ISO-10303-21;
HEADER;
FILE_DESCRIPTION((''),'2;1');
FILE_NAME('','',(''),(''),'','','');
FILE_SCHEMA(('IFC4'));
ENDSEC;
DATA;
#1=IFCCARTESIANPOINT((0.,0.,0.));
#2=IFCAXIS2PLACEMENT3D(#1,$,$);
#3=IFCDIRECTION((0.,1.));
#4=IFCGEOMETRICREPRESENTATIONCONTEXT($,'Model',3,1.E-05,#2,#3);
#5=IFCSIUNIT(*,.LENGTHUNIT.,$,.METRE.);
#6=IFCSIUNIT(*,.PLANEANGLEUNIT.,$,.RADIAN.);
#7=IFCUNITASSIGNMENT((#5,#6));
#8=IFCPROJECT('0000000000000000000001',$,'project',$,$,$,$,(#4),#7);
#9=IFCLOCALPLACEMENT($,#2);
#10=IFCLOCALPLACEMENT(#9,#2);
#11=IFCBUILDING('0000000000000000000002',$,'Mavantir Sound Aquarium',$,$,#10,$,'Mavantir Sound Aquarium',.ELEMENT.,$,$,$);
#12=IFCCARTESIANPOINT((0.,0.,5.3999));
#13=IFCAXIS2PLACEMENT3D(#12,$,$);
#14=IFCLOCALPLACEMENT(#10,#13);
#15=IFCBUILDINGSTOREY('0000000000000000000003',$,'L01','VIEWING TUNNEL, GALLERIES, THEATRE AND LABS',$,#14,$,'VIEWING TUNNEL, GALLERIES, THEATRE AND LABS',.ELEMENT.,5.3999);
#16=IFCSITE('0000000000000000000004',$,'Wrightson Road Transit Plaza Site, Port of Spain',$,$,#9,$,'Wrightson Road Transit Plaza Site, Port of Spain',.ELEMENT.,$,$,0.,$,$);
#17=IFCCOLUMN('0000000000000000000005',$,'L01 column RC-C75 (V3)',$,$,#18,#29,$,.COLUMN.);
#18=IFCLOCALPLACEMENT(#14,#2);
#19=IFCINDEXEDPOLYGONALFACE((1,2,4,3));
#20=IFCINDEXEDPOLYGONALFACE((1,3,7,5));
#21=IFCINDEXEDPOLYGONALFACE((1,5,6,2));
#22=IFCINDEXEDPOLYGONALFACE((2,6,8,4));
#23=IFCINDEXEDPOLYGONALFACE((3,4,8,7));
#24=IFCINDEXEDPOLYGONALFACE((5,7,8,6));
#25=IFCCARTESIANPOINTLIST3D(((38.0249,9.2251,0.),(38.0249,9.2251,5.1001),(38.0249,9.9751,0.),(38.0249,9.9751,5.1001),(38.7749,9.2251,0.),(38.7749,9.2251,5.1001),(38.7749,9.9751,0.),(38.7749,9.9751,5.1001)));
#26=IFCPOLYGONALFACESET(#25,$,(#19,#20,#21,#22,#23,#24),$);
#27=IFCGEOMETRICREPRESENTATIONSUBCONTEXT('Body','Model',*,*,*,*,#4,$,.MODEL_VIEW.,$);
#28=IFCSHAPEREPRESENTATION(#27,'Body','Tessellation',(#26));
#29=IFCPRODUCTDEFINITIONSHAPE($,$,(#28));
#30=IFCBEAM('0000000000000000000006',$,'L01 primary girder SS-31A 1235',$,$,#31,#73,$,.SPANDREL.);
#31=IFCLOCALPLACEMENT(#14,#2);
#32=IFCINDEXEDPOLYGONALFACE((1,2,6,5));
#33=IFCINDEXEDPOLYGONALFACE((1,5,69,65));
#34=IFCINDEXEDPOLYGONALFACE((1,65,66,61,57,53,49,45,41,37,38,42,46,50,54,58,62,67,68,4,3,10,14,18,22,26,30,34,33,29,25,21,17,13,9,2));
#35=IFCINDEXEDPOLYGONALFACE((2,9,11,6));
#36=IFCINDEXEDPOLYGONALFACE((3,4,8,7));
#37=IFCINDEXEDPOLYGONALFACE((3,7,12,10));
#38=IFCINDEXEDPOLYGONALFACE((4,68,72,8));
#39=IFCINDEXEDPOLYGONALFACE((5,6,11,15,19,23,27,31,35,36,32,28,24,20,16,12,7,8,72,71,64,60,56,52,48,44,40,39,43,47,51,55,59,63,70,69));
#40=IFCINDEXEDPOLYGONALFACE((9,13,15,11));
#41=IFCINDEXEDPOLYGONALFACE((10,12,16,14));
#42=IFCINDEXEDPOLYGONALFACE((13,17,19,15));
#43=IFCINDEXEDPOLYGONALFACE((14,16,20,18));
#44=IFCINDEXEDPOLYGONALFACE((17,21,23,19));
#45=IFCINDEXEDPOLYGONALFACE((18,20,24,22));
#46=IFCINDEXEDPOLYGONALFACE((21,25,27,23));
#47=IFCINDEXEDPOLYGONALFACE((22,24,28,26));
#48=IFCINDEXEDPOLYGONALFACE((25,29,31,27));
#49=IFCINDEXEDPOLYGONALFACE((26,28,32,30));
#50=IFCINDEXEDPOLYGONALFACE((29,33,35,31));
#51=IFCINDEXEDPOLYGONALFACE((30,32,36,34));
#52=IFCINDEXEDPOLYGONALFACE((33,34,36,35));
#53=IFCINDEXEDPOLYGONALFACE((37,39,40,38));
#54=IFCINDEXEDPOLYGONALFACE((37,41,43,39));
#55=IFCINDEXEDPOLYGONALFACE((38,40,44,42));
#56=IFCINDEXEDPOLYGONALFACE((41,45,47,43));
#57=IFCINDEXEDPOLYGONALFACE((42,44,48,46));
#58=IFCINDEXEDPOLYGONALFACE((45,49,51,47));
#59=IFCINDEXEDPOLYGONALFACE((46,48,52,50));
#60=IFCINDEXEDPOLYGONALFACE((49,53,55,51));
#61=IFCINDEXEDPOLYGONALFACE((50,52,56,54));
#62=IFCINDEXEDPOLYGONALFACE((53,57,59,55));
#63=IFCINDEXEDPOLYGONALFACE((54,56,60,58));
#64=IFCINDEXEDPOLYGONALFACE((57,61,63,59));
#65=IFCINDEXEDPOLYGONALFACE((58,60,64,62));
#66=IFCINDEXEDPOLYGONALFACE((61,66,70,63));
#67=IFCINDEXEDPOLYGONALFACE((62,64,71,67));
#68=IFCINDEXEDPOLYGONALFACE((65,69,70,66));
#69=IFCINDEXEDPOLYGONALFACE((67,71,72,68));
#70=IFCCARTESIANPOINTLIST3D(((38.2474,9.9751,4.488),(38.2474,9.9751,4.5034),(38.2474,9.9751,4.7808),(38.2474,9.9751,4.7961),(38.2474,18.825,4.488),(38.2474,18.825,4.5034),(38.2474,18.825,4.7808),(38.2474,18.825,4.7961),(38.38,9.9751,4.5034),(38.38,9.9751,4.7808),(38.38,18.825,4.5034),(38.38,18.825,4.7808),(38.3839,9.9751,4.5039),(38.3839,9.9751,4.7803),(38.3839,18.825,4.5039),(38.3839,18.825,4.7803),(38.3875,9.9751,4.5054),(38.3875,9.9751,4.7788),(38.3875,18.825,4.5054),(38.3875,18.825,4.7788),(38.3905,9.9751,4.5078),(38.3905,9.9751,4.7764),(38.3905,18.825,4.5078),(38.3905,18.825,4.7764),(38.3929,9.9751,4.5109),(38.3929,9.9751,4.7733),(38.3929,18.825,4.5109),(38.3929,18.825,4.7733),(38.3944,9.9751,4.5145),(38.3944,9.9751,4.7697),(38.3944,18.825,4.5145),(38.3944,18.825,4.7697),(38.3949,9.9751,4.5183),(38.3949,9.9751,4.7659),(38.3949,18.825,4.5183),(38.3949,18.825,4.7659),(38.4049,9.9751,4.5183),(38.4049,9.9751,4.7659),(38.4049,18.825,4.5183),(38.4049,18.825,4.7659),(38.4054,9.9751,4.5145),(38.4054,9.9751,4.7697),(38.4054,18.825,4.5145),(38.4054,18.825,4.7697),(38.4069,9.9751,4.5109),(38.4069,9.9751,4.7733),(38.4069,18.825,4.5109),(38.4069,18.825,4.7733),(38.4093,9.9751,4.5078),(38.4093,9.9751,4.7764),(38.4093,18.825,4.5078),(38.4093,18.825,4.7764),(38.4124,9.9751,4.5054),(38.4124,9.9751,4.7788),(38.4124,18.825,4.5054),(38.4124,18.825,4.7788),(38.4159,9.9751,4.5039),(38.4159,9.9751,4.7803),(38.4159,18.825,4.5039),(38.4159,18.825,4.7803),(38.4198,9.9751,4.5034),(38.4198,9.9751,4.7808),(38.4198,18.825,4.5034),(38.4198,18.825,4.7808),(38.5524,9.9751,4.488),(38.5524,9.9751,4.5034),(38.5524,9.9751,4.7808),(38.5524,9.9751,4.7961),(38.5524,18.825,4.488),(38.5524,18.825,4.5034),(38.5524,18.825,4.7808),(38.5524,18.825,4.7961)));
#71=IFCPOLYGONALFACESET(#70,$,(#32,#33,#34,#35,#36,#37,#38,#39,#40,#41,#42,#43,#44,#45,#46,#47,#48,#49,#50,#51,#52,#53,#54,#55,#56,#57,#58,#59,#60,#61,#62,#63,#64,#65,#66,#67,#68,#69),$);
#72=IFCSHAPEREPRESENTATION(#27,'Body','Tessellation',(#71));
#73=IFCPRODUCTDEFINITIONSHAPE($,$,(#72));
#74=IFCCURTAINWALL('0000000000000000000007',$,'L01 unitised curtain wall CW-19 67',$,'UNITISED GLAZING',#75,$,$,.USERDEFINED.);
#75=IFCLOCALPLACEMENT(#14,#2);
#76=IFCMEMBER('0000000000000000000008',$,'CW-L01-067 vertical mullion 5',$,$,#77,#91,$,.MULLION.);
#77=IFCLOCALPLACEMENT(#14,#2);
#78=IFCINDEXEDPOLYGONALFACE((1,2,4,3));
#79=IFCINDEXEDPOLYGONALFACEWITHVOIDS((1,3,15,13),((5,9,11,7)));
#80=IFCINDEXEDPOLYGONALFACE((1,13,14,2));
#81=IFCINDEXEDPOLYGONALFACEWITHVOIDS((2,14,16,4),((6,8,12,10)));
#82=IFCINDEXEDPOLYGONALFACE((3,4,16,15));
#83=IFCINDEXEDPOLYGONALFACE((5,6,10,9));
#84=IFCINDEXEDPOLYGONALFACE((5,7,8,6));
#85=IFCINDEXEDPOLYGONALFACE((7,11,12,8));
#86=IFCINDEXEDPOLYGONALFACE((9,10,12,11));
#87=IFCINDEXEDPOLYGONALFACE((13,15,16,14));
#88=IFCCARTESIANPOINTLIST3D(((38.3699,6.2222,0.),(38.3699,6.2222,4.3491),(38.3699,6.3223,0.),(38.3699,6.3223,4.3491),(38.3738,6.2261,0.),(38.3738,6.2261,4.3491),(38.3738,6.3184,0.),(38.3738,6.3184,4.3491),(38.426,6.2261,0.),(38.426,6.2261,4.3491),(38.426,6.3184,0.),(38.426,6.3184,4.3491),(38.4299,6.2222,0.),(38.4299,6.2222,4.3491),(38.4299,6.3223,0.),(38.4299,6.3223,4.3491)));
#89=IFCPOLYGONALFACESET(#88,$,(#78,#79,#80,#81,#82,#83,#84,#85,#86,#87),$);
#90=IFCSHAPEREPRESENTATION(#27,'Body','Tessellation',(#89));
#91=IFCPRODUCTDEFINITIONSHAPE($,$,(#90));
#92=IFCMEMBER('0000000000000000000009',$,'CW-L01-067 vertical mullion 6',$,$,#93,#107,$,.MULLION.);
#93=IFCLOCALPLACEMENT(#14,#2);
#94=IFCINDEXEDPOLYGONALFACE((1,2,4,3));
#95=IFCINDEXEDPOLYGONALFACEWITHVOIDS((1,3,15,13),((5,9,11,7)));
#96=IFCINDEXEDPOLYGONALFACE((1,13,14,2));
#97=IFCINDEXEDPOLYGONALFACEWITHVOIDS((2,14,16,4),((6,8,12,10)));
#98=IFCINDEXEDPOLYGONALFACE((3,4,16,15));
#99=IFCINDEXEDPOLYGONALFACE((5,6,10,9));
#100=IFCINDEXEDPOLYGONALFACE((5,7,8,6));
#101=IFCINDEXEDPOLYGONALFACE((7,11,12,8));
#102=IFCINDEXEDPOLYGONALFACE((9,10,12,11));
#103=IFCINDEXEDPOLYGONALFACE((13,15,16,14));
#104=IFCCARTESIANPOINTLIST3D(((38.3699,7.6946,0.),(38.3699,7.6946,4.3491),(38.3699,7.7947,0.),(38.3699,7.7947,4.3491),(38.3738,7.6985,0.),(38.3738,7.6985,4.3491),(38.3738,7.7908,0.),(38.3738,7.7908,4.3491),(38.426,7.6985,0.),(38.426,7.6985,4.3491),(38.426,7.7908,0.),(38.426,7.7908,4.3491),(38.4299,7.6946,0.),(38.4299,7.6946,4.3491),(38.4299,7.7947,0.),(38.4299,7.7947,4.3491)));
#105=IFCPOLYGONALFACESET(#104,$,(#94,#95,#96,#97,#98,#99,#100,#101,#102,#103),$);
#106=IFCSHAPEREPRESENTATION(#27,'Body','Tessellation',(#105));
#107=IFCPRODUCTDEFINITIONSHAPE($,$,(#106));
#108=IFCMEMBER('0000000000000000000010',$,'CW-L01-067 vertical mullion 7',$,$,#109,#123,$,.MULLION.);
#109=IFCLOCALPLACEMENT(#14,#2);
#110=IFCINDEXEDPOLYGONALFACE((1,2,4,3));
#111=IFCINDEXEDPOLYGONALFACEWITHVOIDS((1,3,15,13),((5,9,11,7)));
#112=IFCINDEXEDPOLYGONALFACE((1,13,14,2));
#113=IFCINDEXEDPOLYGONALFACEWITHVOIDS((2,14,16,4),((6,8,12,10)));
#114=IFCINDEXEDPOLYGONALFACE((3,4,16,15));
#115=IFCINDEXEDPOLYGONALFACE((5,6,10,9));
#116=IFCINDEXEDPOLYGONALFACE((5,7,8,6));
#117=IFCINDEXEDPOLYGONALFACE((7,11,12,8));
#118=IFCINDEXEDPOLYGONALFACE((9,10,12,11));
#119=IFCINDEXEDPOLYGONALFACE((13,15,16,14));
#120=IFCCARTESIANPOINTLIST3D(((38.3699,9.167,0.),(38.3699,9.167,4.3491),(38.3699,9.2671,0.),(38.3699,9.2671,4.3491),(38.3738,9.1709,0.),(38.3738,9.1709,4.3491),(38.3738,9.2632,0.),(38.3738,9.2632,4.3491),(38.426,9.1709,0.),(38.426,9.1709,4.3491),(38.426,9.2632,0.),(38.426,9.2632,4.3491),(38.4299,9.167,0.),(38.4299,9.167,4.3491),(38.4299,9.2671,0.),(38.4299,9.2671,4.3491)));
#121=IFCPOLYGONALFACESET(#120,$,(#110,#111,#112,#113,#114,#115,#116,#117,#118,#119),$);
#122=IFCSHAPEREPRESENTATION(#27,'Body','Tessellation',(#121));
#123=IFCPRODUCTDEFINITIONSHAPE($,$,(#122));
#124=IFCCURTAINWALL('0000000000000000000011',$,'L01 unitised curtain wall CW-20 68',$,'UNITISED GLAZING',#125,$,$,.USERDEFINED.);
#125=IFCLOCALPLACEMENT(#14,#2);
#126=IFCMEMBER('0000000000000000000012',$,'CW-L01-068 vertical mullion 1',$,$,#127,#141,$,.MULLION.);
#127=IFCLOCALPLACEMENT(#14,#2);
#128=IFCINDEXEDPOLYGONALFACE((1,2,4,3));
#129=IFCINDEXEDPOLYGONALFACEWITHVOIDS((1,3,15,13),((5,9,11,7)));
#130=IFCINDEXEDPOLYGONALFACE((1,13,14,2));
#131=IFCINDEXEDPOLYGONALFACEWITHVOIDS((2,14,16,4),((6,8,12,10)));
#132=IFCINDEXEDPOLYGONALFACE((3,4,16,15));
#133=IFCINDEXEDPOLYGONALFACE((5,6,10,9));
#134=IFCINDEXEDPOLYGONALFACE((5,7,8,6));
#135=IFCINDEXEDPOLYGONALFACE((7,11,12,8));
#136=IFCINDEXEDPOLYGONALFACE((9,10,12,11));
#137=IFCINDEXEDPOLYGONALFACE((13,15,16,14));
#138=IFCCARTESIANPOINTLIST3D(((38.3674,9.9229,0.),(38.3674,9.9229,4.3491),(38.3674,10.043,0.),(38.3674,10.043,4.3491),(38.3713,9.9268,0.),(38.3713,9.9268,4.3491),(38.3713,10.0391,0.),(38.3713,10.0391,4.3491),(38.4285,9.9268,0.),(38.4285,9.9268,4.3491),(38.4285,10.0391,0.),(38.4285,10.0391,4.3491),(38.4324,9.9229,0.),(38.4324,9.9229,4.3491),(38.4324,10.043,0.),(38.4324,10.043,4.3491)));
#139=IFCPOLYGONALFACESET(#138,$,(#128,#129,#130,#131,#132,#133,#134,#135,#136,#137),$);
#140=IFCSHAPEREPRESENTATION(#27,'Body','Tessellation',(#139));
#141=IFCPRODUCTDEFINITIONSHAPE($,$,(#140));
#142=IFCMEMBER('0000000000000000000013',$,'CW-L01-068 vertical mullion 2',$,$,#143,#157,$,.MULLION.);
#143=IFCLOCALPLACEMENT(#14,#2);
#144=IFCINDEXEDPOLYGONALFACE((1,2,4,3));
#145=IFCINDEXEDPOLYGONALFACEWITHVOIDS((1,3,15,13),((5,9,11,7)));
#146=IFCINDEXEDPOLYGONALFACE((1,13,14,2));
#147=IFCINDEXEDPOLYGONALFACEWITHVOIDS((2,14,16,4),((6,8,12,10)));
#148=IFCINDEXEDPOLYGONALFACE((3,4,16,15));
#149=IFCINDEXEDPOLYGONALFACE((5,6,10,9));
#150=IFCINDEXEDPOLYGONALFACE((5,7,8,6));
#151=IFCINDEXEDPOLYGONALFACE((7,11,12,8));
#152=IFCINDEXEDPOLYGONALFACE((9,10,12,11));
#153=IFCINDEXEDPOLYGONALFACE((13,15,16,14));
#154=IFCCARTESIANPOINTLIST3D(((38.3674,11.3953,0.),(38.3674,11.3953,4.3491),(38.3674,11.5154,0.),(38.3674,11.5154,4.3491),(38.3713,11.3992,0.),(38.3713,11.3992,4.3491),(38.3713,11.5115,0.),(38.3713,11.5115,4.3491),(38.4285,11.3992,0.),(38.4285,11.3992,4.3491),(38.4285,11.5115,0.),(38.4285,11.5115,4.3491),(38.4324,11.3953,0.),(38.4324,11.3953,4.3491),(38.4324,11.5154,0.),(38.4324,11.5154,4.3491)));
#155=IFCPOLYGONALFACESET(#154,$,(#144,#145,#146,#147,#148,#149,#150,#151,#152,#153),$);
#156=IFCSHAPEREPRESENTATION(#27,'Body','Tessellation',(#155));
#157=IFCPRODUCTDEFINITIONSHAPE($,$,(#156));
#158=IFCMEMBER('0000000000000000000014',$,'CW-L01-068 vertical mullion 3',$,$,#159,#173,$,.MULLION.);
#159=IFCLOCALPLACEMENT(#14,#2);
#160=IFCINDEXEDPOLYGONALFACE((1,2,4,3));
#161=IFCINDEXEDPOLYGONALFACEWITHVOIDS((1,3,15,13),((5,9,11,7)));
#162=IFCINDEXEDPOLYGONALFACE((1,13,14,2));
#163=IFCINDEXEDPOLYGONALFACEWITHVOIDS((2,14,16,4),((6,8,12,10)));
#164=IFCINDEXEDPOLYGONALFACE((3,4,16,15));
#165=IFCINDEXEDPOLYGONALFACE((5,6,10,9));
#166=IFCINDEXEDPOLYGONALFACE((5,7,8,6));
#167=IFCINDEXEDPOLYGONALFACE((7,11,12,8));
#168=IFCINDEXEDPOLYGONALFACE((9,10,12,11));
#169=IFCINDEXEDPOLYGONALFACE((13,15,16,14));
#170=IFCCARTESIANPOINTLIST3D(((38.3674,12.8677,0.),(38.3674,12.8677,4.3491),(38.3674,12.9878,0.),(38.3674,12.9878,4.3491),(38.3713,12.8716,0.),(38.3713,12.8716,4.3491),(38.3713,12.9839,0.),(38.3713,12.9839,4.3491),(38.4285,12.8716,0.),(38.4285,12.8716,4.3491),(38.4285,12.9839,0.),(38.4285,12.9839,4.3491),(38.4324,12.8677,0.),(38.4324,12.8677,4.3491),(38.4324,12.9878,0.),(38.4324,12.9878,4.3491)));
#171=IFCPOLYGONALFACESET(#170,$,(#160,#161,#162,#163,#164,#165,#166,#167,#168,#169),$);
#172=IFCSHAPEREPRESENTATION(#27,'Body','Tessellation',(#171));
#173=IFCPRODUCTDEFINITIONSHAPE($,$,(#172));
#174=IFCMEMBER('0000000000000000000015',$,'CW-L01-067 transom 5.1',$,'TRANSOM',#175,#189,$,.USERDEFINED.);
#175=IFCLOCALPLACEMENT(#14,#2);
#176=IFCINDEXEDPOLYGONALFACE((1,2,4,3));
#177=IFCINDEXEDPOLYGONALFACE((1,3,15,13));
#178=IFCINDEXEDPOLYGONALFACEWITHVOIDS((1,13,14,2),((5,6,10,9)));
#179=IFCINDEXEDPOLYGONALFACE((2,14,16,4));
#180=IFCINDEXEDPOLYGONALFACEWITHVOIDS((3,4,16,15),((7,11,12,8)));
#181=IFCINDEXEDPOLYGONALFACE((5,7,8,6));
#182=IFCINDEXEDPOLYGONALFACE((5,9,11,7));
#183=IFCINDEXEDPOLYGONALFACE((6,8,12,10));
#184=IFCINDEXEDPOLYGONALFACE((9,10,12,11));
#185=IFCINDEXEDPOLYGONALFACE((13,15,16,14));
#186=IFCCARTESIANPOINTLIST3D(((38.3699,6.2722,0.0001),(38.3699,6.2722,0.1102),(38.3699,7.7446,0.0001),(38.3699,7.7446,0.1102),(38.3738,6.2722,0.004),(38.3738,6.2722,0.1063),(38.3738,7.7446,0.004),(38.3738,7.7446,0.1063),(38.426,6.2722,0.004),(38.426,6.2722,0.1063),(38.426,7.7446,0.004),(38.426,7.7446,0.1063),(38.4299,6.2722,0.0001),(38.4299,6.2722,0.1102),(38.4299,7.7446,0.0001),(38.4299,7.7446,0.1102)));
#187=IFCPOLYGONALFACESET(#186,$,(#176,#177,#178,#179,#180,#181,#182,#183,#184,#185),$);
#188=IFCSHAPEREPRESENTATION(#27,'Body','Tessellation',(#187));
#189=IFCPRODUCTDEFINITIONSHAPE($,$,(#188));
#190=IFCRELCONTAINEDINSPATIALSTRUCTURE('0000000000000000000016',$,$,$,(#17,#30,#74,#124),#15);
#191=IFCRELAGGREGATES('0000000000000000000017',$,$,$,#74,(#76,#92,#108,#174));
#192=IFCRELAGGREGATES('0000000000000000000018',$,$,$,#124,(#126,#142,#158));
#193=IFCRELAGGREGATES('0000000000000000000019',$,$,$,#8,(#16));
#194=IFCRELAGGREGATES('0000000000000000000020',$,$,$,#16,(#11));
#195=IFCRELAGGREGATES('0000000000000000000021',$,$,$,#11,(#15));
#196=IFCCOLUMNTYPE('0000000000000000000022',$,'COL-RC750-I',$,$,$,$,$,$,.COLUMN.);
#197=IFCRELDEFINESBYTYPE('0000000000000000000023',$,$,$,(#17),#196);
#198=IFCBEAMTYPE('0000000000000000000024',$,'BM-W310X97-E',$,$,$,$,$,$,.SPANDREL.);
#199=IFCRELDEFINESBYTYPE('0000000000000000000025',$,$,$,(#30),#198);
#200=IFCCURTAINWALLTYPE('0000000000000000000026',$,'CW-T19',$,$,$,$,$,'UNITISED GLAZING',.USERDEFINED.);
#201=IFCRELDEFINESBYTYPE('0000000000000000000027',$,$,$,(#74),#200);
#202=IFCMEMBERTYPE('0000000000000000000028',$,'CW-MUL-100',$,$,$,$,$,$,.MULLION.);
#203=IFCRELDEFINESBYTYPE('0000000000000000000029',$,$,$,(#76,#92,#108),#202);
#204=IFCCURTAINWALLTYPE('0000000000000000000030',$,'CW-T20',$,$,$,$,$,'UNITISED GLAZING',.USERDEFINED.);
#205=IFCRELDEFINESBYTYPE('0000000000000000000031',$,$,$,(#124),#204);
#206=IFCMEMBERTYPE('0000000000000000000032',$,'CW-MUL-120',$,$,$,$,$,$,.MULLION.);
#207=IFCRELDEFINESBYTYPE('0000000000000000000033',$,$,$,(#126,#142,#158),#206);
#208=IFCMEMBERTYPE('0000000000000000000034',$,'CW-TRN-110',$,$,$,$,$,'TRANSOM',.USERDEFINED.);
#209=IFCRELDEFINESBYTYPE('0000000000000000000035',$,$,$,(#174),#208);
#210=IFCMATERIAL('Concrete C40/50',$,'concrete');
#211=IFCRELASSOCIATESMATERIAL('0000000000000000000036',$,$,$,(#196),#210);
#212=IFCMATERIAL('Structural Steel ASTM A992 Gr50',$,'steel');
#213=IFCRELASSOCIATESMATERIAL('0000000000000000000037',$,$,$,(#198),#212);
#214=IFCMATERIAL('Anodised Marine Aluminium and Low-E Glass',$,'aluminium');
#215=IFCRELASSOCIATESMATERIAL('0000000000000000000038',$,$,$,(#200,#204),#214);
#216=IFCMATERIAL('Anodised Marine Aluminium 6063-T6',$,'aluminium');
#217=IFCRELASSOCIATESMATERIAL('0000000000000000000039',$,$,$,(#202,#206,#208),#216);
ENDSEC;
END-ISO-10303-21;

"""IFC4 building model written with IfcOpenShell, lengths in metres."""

from ifc_helpers import new_model, si_unit, direction, frame, origin, origin_2d, place, context, subcontext, project, spatial, rectangle, hollow_rectangle, i_section, extrude, material, material_profile, profile_set, type_object, element, aggregate, save


model = new_model("IFC4")

# Units and contexts
model_context = context("Model", 3, precision=1e-05, world=origin(), true_north=direction((0.0, 1.0)))
body_context = subcontext(model_context, "Body", "Model", "MODEL_VIEW")
ifc_project = project(units=[si_unit("LENGTHUNIT", "METRE"), si_unit("PLANEANGLEUNIT", "RADIAN")], contexts=[model_context])

# Site, building, storey
site_placement = place(None, origin())
site = spatial("IfcSite", under=ifc_project, at=site_placement, Name="Wrightson Road Transit Plaza Site, Port of Spain", LongName="Wrightson Road Transit Plaza Site, Port of Spain", CompositionType="ELEMENT", RefElevation=0.0)
building_placement = place(site_placement, origin())
building = spatial("IfcBuilding", under=site, at=building_placement, Name="Mavantir Sound Aquarium", LongName="Mavantir Sound Aquarium", CompositionType="ELEMENT")
storey_placement = place(building_placement, frame((0.0, 0.0, 5.3999)))
storey = spatial("IfcBuildingStorey", under=building, at=storey_placement, Name="L01", Description="VIEWING TUNNEL, GALLERIES, THEATRE AND LABS", LongName="VIEWING TUNNEL, GALLERIES, THEATRE AND LABS", CompositionType="ELEMENT", Elevation=5.3999)

# Column
ifc_material_1 = material(Name="Concrete C40/50", Category="concrete")
ifc_material_profile_1 = material_profile(ifc_material_1, rectangle(XDim=0.75, YDim=0.75, at=origin_2d()), Name="RC 750X750")
ifc_profile_set_1 = profile_set([ifc_material_profile_1], Name="Concrete C40/50")
column_type = type_object("IfcColumnType", Name="COL-RC750-I", PredefinedType="COLUMN", material=ifc_profile_set_1)
column_placement = place(storey_placement, frame((38.3999, 9.6001, 0.0), z_axis=(0.0, 0.0, 1.0), x_axis=(1.0, 0.0, 0.0)))
element("IfcColumn", 1, at=column_placement, inside=storey, type_object=column_type, Name="L01 column RC-C75 (V3)", PredefinedType="COLUMN", context=body_context, shape_type="SweptSolid", body=[
    extrude(rectangle(XDim=0.75, YDim=0.75, at=origin_2d()), origin(), (0.0, 0.0, 1.0), 5.1001),
])

# Beam
ifc_material_2 = material(Name="Structural Steel ASTM A992 Gr50", Category="steel")
ifc_material_profile_2 = material_profile(ifc_material_2, i_section(OverallWidth=0.3049, OverallDepth=0.3081, WebThickness=0.01, FlangeThickness=0.0154, FilletRadius=0.0149, at=origin_2d()), Name="W310X97")
ifc_profile_set_2 = profile_set([ifc_material_profile_2], Name="Structural Steel ASTM A992 Gr50")
beam_type = type_object("IfcBeamType", Name="BM-W310X97-E", PredefinedType="SPANDREL", material=ifc_profile_set_2)
beam_placement = place(storey_placement, frame((38.3999, 9.9751, 4.6421), z_axis=(0.0, 1.0, 0.0), x_axis=(-1.0, 0.0, 0.0)))
element("IfcBeam", 2, at=beam_placement, inside=storey, type_object=beam_type, Name="L01 primary girder SS-31A 1235", PredefinedType="SPANDREL", context=body_context, shape_type="SweptSolid", body=[
    extrude(i_section(OverallWidth=0.3049, OverallDepth=0.3081, WebThickness=0.01, FlangeThickness=0.0154, FilletRadius=0.0149, at=origin_2d()), origin(), (0.0, 0.0, 1.0), 8.8499),
])

# Curtain walls, members
ifc_material_3 = material(Name="Anodised Marine Aluminium and Low-E Glass", Category="aluminium")
curtain_wall_type_1 = type_object("IfcCurtainWallType", Name="CW-T19", ElementType="UNITISED GLAZING", PredefinedType="USERDEFINED", material=ifc_material_3)
curtain_wall_1_placement = place(storey_placement, origin())
curtain_wall_1 = element("IfcCurtainWall", 3, at=curtain_wall_1_placement, inside=storey, type_object=curtain_wall_type_1, Name="L01 unitised curtain wall CW-19 67", ObjectType="UNITISED GLAZING", PredefinedType="USERDEFINED")
ifc_material_4 = material(Name="Anodised Marine Aluminium 6063-T6", Category="aluminium")
ifc_material_profile_3 = material_profile(ifc_material_4, hollow_rectangle(XDim=0.0601, YDim=0.1001, WallThickness=0.0039, at=origin_2d()), Name="ALU-MULLION-100X60")
ifc_profile_set_3 = profile_set([ifc_material_profile_3], Name="Anodised Marine Aluminium 6063-T6")
member_type_1 = type_object("IfcMemberType", Name="CW-MUL-100", PredefinedType="MULLION", material=ifc_profile_set_3)
member_1_placement = place(storey_placement, frame((38.3999, 6.2722, 0.0), z_axis=(0.0, 0.0, 1.0), x_axis=(1.0, 0.0, 0.0)))
member_1 = element("IfcMember", 4, at=member_1_placement, type_object=member_type_1, Name="CW-L01-067 vertical mullion 5", PredefinedType="MULLION", context=body_context, shape_type="SweptSolid", body=[
    extrude(hollow_rectangle(XDim=0.0601, YDim=0.1001, WallThickness=0.0039, at=origin_2d()), origin(), (0.0, 0.0, 1.0), 4.3491),
])
member_2_placement = place(storey_placement, frame((38.3999, 7.7446, 0.0), z_axis=(0.0, 0.0, 1.0), x_axis=(1.0, 0.0, 0.0)))
member_2 = element("IfcMember", 5, at=member_2_placement, type_object=member_type_1, Name="CW-L01-067 vertical mullion 6", PredefinedType="MULLION", context=body_context, shape_type="SweptSolid", body=[
    extrude(hollow_rectangle(XDim=0.0601, YDim=0.1001, WallThickness=0.0039, at=origin_2d()), origin(), (0.0, 0.0, 1.0), 4.3491),
])
member_3_placement = place(storey_placement, frame((38.3999, 9.217, 0.0), z_axis=(0.0, 0.0, 1.0), x_axis=(1.0, 0.0, 0.0)))
member_3 = element("IfcMember", 6, at=member_3_placement, type_object=member_type_1, Name="CW-L01-067 vertical mullion 7", PredefinedType="MULLION", context=body_context, shape_type="SweptSolid", body=[
    extrude(hollow_rectangle(XDim=0.0601, YDim=0.1001, WallThickness=0.0039, at=origin_2d()), origin(), (0.0, 0.0, 1.0), 4.3491),
])
curtain_wall_type_2 = type_object("IfcCurtainWallType", Name="CW-T20", ElementType="UNITISED GLAZING", PredefinedType="USERDEFINED", material=ifc_material_3)
curtain_wall_2_placement = place(storey_placement, origin())
curtain_wall_2 = element("IfcCurtainWall", 7, at=curtain_wall_2_placement, inside=storey, type_object=curtain_wall_type_2, Name="L01 unitised curtain wall CW-20 68", ObjectType="UNITISED GLAZING", PredefinedType="USERDEFINED")
ifc_material_profile_4 = material_profile(ifc_material_4, hollow_rectangle(XDim=0.0649, YDim=0.1201, WallThickness=0.0039, at=origin_2d()), Name="ALU-MULLION-120X65")
ifc_profile_set_4 = profile_set([ifc_material_profile_4], Name="Anodised Marine Aluminium 6063-T6")
member_type_2 = type_object("IfcMemberType", Name="CW-MUL-120", PredefinedType="MULLION", material=ifc_profile_set_4)
member_4_placement = place(storey_placement, frame((38.3999, 9.9829, 0.0), z_axis=(0.0, 0.0, 1.0), x_axis=(1.0, 0.0, 0.0)))
member_4 = element("IfcMember", 8, at=member_4_placement, type_object=member_type_2, Name="CW-L01-068 vertical mullion 1", PredefinedType="MULLION", context=body_context, shape_type="SweptSolid", body=[
    extrude(hollow_rectangle(XDim=0.0649, YDim=0.1201, WallThickness=0.0039, at=origin_2d()), origin(), (0.0, 0.0, 1.0), 4.3491),
])
member_5_placement = place(storey_placement, frame((38.3999, 11.4553, 0.0), z_axis=(0.0, 0.0, 1.0), x_axis=(1.0, 0.0, 0.0)))
member_5 = element("IfcMember", 9, at=member_5_placement, type_object=member_type_2, Name="CW-L01-068 vertical mullion 2", PredefinedType="MULLION", context=body_context, shape_type="SweptSolid", body=[
    extrude(hollow_rectangle(XDim=0.0649, YDim=0.1201, WallThickness=0.0039, at=origin_2d()), origin(), (0.0, 0.0, 1.0), 4.3491),
])
member_6_placement = place(storey_placement, frame((38.3999, 12.9277, 0.0), z_axis=(0.0, 0.0, 1.0), x_axis=(1.0, 0.0, 0.0)))
member_6 = element("IfcMember", 10, at=member_6_placement, type_object=member_type_2, Name="CW-L01-068 vertical mullion 3", PredefinedType="MULLION", context=body_context, shape_type="SweptSolid", body=[
    extrude(hollow_rectangle(XDim=0.0649, YDim=0.1201, WallThickness=0.0039, at=origin_2d()), origin(), (0.0, 0.0, 1.0), 4.3491),
])

# Member
ifc_material_profile_5 = material_profile(ifc_material_4, hollow_rectangle(XDim=0.0601, YDim=0.1101, WallThickness=0.0039, at=origin_2d()), Name="ALU-TRANSOM-110X60")
ifc_profile_set_5 = profile_set([ifc_material_profile_5], Name="Anodised Marine Aluminium 6063-T6")
member_type_3 = type_object("IfcMemberType", Name="CW-TRN-110", ElementType="TRANSOM", PredefinedType="USERDEFINED", material=ifc_profile_set_5)
member_7_placement = place(storey_placement, frame((38.3999, 6.2722, 0.0552), z_axis=(0.0, 1.0, 0.0), x_axis=(-1.0, 0.0, 0.0)))
member_7 = element("IfcMember", 11, at=member_7_placement, type_object=member_type_3, Name="CW-L01-067 transom 5.1", ObjectType="TRANSOM", PredefinedType="USERDEFINED", context=body_context, shape_type="SweptSolid", body=[
    extrude(hollow_rectangle(XDim=0.0601, YDim=0.1101, WallThickness=0.0039, at=origin_2d()), origin(), (0.0, 0.0, 1.0), 1.4724),
])

aggregate(curtain_wall_1, [member_1, member_2, member_3, member_7])
aggregate(curtain_wall_2, [member_4, member_5, member_6])

save(model, "model.ifc")
